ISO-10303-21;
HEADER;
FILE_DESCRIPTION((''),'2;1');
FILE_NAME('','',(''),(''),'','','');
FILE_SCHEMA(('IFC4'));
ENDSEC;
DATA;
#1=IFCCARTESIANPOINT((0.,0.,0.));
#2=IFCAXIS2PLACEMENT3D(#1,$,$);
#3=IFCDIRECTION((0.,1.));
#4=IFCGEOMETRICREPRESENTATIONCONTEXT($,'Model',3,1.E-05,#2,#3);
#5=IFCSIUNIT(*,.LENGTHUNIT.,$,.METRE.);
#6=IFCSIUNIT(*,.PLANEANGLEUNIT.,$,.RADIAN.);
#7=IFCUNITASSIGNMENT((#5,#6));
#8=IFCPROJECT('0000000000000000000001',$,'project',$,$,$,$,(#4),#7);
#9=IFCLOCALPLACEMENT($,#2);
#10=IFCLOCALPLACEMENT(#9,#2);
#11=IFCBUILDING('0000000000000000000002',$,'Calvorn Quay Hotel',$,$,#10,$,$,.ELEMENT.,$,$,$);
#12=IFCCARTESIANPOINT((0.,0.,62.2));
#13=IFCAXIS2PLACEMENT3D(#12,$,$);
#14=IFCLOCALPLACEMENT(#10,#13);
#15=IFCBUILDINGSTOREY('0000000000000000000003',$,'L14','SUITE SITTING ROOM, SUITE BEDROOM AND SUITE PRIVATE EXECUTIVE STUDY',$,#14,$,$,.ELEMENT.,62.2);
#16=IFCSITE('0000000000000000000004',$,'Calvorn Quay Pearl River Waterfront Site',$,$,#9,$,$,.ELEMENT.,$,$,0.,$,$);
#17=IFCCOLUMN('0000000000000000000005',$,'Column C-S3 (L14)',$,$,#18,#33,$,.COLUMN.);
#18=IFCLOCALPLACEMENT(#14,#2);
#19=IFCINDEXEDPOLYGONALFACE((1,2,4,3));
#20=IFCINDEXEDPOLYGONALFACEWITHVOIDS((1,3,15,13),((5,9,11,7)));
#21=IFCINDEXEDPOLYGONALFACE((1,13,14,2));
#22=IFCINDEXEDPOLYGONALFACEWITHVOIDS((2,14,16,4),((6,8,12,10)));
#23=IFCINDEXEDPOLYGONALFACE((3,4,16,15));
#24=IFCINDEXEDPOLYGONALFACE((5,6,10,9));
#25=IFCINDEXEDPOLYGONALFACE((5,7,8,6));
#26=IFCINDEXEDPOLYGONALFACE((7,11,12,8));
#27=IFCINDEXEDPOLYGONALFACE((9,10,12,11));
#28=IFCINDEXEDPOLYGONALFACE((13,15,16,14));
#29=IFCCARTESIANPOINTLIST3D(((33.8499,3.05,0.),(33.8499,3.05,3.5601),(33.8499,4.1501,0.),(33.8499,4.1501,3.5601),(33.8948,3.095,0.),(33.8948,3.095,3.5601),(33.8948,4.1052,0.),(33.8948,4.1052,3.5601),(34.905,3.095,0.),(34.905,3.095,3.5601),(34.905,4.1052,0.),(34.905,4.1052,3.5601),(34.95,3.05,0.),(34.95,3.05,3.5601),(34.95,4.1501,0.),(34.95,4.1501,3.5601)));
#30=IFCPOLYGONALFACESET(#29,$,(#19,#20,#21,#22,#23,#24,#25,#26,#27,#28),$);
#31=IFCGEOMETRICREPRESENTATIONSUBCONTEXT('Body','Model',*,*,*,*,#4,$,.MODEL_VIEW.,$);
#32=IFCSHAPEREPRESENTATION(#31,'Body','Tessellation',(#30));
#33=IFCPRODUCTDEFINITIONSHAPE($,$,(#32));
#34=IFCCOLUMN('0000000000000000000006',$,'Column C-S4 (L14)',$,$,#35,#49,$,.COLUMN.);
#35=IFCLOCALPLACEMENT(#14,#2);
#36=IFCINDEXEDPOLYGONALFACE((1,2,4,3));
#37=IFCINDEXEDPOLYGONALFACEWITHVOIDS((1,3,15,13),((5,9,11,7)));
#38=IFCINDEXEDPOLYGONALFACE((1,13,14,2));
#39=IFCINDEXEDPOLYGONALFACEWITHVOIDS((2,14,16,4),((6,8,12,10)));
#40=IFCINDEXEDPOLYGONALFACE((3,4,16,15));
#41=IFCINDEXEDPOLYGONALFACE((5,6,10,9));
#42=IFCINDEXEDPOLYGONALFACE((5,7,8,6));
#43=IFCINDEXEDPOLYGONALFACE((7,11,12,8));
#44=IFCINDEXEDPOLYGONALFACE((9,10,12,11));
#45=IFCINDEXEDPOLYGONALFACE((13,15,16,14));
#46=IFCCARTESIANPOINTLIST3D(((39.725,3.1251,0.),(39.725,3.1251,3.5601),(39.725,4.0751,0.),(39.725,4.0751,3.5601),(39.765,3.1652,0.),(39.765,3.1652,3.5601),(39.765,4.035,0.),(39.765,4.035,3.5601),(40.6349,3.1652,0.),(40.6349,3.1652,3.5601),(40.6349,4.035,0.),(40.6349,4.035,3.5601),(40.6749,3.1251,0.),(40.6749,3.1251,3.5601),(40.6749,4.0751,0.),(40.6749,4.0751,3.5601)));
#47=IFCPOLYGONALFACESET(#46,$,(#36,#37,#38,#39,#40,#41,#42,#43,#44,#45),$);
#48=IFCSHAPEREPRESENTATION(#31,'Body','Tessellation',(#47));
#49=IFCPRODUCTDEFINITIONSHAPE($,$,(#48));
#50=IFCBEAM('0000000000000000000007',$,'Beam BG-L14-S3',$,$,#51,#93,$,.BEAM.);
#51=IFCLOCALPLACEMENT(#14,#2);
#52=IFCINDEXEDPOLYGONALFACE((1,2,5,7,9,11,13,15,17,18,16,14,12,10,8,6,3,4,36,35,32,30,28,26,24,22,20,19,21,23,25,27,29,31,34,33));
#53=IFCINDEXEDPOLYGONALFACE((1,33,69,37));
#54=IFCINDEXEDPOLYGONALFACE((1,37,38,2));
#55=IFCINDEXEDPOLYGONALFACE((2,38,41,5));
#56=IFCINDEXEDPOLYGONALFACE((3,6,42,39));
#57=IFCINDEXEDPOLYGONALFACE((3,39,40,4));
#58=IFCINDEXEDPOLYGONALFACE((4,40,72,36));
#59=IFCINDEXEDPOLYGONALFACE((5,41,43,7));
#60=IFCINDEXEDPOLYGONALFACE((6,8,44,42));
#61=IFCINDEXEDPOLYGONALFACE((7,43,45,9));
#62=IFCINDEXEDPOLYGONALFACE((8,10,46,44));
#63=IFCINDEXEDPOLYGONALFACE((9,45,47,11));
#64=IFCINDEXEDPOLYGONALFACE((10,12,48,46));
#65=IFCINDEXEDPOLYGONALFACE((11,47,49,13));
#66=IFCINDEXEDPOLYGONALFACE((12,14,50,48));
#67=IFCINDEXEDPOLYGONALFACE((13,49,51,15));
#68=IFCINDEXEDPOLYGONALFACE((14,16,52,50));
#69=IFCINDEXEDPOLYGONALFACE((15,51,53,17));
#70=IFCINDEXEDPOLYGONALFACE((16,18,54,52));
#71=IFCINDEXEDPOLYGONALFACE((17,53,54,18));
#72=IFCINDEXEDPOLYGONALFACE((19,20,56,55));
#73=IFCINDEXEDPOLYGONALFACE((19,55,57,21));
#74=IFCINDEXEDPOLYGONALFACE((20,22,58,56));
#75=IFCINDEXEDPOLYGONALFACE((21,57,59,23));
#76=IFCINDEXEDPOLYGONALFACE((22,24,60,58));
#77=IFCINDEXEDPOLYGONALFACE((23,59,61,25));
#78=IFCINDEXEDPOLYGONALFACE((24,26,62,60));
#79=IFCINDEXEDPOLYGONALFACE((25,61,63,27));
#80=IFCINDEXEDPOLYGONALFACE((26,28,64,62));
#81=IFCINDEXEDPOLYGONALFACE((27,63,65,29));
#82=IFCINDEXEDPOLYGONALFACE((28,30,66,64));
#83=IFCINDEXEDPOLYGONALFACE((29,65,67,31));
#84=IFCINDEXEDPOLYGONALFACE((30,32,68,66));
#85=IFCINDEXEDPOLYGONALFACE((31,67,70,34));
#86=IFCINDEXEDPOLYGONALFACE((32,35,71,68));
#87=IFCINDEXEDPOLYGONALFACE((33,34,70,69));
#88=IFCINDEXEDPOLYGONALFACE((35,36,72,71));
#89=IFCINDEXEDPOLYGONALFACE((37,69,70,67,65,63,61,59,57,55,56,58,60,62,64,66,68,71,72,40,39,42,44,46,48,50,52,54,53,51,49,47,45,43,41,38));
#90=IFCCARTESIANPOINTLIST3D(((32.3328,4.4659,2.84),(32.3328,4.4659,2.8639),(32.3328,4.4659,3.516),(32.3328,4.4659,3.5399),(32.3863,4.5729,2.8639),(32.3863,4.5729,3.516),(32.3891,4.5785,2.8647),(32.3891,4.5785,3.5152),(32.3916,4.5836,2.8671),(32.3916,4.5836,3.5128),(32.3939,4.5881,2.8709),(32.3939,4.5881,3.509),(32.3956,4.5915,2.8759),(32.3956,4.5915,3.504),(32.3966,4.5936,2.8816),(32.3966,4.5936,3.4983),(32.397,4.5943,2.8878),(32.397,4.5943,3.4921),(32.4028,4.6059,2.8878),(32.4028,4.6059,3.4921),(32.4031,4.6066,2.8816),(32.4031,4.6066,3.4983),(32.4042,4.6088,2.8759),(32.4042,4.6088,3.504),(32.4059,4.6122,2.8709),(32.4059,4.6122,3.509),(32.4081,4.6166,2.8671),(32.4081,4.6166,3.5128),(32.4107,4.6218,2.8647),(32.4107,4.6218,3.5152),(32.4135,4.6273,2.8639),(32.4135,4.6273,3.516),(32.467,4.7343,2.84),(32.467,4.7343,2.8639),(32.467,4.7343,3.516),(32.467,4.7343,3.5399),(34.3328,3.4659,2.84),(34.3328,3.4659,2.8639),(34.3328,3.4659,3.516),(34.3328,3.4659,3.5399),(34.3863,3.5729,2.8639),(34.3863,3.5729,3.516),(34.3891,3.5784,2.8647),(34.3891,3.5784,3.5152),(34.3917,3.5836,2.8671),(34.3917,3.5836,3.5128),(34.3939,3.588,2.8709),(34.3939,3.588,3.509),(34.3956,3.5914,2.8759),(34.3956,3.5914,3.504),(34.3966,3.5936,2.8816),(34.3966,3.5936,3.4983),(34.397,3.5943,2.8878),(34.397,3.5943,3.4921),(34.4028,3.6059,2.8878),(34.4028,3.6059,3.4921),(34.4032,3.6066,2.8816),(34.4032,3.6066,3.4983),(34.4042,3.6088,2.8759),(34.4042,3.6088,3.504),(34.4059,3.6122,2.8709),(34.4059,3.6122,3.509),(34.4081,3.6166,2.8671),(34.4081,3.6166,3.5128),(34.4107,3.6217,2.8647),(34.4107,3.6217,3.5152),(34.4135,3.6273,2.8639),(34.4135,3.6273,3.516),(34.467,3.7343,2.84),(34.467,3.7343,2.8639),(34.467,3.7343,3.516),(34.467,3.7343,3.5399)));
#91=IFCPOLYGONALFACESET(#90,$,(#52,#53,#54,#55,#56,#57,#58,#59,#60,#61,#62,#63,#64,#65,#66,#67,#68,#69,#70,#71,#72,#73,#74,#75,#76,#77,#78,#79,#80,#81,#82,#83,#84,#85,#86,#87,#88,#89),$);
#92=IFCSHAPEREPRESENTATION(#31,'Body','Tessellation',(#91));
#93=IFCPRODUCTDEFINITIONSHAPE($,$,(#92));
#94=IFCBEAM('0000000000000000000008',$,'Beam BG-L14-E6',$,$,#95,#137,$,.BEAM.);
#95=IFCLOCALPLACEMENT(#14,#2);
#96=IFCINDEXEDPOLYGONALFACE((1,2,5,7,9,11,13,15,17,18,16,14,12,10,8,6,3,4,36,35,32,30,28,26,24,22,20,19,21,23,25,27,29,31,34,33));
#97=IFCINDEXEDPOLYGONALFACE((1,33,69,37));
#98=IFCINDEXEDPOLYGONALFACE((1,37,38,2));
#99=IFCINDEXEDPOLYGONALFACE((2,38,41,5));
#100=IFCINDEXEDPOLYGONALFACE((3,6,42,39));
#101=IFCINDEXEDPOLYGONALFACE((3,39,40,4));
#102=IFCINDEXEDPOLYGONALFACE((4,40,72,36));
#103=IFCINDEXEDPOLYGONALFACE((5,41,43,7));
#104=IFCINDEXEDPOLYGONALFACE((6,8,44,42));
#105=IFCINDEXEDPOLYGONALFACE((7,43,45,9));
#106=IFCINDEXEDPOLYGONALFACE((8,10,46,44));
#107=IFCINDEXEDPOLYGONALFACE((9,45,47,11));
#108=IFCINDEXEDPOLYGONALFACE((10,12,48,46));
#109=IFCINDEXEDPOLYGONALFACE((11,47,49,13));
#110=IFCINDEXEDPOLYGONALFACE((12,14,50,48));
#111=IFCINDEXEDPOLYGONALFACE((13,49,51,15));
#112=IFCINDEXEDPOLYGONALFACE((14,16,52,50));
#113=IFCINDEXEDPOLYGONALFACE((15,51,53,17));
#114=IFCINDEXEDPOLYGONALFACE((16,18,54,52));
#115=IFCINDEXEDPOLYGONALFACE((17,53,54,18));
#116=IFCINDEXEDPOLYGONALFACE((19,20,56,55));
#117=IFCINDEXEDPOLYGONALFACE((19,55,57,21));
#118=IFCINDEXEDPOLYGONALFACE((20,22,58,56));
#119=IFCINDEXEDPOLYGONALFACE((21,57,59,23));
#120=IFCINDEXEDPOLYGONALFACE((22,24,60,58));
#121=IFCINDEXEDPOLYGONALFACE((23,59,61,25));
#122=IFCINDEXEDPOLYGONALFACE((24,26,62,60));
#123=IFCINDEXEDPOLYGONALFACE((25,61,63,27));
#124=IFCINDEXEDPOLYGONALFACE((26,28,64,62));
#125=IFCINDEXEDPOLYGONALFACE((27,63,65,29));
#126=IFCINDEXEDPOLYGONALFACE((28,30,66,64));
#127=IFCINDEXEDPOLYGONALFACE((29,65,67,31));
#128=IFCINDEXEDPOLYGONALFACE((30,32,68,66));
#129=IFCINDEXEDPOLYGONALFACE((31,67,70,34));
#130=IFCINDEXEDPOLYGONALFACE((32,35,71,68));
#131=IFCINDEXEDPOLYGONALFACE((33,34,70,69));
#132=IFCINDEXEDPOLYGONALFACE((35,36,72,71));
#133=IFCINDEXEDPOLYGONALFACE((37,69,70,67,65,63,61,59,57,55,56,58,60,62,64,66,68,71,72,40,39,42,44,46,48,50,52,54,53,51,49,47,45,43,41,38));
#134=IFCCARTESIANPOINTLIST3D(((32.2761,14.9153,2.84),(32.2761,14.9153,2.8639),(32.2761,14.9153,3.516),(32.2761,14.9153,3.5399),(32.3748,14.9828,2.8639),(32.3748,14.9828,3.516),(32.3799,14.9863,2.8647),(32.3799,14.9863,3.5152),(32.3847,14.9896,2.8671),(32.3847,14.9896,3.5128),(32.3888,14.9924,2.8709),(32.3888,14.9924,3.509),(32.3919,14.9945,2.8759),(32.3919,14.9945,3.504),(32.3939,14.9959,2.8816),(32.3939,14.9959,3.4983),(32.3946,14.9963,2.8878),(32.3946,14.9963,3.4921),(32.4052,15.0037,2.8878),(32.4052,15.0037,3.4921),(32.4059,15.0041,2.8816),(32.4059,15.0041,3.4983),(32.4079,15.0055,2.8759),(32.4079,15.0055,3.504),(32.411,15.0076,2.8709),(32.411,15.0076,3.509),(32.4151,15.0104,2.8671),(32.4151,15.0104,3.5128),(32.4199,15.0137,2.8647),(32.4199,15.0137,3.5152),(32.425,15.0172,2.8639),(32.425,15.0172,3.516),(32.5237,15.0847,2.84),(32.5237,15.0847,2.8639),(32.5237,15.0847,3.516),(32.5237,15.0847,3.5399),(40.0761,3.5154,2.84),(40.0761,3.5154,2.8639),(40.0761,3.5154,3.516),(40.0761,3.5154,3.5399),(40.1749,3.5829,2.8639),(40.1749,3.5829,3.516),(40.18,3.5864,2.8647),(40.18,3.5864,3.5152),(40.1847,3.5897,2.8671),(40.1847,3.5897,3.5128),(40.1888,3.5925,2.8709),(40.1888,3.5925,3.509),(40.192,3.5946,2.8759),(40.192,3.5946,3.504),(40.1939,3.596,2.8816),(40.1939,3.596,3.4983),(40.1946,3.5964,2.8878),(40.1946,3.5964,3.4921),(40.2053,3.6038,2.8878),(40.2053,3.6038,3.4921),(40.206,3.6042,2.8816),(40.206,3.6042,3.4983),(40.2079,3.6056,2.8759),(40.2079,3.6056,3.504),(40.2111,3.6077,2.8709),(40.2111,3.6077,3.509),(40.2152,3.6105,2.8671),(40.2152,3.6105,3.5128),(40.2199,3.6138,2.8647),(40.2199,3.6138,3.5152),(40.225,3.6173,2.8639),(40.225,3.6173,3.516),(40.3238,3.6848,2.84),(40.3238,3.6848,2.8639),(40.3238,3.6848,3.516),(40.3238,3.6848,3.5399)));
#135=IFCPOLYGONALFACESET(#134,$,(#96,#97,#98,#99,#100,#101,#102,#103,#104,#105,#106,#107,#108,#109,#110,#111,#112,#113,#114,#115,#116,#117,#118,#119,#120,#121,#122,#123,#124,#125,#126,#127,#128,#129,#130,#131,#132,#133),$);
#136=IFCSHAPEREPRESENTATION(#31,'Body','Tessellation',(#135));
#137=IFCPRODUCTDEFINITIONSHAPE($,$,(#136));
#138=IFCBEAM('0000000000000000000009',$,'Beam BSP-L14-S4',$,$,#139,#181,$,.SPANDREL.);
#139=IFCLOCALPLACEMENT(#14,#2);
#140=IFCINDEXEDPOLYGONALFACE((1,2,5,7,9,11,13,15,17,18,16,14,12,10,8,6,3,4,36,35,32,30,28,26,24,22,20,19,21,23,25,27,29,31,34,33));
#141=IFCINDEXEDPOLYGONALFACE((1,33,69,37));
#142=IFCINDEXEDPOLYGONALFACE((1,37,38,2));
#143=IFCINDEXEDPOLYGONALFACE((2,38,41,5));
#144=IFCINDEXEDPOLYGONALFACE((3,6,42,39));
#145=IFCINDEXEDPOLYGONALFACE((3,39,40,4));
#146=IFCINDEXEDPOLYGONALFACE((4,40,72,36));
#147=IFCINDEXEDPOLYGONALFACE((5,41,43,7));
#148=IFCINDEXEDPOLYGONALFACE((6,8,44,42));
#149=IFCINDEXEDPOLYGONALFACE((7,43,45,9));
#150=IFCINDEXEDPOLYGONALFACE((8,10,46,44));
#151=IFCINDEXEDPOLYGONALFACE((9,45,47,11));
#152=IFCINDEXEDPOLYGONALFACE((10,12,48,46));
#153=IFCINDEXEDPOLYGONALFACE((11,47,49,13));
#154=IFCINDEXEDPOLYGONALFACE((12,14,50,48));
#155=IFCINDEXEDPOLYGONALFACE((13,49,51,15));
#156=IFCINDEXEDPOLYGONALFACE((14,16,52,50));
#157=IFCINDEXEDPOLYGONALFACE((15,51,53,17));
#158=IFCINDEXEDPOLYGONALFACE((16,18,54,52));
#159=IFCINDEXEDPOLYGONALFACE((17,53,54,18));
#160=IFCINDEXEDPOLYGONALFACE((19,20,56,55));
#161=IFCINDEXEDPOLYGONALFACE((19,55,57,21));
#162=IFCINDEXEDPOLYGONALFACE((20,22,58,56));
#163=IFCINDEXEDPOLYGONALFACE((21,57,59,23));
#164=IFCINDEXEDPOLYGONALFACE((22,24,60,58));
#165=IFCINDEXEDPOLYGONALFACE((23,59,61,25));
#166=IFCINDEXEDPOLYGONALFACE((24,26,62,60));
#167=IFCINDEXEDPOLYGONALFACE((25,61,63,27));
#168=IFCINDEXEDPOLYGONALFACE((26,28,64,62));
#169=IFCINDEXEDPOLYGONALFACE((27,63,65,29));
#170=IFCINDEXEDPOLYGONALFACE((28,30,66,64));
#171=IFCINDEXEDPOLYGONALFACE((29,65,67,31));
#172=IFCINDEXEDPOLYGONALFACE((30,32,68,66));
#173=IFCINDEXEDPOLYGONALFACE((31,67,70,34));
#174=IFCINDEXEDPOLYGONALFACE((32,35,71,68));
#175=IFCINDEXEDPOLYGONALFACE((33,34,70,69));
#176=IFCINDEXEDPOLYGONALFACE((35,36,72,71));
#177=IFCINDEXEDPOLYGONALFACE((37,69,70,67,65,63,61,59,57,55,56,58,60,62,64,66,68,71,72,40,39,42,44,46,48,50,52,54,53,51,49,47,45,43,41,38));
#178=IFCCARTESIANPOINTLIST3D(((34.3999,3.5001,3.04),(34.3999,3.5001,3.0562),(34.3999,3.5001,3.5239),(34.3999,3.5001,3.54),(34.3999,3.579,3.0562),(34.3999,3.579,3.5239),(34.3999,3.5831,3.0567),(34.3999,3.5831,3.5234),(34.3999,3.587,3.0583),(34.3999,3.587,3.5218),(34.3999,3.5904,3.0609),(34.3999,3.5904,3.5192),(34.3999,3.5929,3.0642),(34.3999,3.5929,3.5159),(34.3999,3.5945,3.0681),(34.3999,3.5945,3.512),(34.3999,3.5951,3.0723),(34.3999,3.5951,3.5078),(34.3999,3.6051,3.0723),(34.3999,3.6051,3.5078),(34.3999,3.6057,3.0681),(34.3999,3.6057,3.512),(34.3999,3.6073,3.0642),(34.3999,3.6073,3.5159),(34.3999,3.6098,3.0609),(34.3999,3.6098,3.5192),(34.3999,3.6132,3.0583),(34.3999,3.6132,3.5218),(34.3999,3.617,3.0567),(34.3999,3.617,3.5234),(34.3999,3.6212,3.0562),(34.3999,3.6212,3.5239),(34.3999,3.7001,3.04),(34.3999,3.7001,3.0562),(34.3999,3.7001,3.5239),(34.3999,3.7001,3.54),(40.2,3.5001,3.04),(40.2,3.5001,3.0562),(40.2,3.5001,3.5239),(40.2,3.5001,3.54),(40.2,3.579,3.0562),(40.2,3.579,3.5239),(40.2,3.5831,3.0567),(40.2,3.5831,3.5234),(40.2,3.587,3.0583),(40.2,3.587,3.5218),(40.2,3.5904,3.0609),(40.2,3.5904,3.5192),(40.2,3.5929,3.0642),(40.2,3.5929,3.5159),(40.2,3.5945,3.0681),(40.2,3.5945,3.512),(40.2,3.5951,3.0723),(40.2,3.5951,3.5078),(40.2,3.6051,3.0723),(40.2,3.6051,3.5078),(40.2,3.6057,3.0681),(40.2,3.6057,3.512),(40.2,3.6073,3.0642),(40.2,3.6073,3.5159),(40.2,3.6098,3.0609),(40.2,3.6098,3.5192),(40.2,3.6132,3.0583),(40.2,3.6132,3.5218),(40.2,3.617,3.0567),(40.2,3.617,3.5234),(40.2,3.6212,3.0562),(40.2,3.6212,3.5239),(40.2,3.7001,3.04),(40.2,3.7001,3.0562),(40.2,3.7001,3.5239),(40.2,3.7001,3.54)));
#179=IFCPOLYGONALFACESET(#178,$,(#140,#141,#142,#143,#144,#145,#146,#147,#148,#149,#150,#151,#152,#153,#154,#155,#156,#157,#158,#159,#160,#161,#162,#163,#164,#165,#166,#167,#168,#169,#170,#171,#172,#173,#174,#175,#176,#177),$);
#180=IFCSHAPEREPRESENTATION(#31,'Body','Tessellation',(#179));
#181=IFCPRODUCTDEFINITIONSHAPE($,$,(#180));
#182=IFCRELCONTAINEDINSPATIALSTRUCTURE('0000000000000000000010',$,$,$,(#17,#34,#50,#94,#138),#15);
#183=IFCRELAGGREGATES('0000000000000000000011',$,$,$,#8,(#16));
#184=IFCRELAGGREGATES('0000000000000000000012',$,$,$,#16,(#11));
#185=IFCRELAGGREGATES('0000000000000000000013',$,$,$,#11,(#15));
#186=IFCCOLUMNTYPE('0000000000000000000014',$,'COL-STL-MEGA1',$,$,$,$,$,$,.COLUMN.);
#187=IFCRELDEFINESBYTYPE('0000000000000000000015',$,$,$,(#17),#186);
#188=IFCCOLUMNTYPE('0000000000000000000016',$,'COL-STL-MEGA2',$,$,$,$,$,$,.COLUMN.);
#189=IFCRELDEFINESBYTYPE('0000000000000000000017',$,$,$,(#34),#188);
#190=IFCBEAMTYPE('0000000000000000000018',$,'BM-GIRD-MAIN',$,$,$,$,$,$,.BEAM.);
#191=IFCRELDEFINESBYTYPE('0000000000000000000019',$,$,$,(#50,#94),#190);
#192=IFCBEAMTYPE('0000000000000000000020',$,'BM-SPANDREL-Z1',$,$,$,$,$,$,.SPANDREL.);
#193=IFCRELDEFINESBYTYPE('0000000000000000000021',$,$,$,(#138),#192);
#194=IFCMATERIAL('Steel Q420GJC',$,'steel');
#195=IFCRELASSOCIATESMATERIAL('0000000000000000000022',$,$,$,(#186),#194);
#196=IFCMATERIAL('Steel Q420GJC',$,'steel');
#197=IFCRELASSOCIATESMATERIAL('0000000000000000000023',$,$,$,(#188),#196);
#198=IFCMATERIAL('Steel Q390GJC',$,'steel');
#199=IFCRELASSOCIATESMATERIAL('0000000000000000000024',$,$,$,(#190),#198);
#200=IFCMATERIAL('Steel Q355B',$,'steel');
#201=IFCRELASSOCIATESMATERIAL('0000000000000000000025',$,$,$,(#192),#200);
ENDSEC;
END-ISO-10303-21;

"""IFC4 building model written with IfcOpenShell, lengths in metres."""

from ifc_helpers import new_model, si_unit, direction, frame, origin, origin_2d, place, context, subcontext, project, spatial, hollow_rectangle, i_section, extrude, material, material_profile, profile_set, type_object, element, save


model = new_model("IFC4")

# Units and contexts
model_context = context("Model", 3, precision=1e-05, world=origin(), true_north=direction((0.0, 1.0)))
body_context = subcontext(model_context, "Body", "Model", "MODEL_VIEW")
ifc_project = project(units=[si_unit("LENGTHUNIT", "METRE"), si_unit("PLANEANGLEUNIT", "RADIAN")], contexts=[model_context])

# Site, building, storey
site_placement = place(None, origin())
site = spatial("IfcSite", under=ifc_project, at=site_placement, Name="Calvorn Quay Pearl River Waterfront Site", CompositionType="ELEMENT", RefElevation=0.0)
building_placement = place(site_placement, origin())
building = spatial("IfcBuilding", under=site, at=building_placement, Name="Calvorn Quay Hotel", CompositionType="ELEMENT")
storey_placement = place(building_placement, frame((0.0, 0.0, 62.2)))
storey = spatial("IfcBuildingStorey", under=building, at=storey_placement, Name="L14", Description="SUITE SITTING ROOM, SUITE BEDROOM AND SUITE PRIVATE EXECUTIVE STUDY", CompositionType="ELEMENT", Elevation=62.2)

# Columns
ifc_material_1 = material(Name="Steel Q420GJC", Category="steel")
ifc_material_profile_1 = material_profile(ifc_material_1, hollow_rectangle(XDim=1.1001, YDim=1.1001, WallThickness=0.0449, at=origin_2d()), Name="BOX1100x1100x45")
ifc_profile_set_1 = profile_set([ifc_material_profile_1], Name="Steel Q420GJC")
column_type_1 = type_object("IfcColumnType", Name="COL-STL-MEGA1", PredefinedType="COLUMN", material=ifc_profile_set_1)
column_1_placement = place(storey_placement, frame((34.3999, 3.6001, 0.0), z_axis=(0.0, 0.0, 1.0), x_axis=(1.0, 0.0, 0.0)))
element("IfcColumn", 1, at=column_1_placement, inside=storey, type_object=column_type_1, Name="Column C-S3 (L14)", PredefinedType="COLUMN", context=body_context, shape_type="SweptSolid", body=[
    extrude(hollow_rectangle(XDim=1.1001, YDim=1.1001, WallThickness=0.0449, at=origin_2d()), origin(), (0.0, 0.0, 1.0), 3.5601),
])
ifc_material_2 = material(Name="Steel Q420GJC", Category="steel")
ifc_material_profile_2 = material_profile(ifc_material_2, hollow_rectangle(XDim=0.95, YDim=0.95, WallThickness=0.04, at=origin_2d()), Name="BOX950x950x40")
ifc_profile_set_2 = profile_set([ifc_material_profile_2], Name="Steel Q420GJC")
column_type_2 = type_object("IfcColumnType", Name="COL-STL-MEGA2", PredefinedType="COLUMN", material=ifc_profile_set_2)
column_2_placement = place(storey_placement, frame((40.2, 3.6001, 0.0), z_axis=(0.0, 0.0, 1.0), x_axis=(1.0, 0.0, 0.0)))
element("IfcColumn", 2, at=column_2_placement, inside=storey, type_object=column_type_2, Name="Column C-S4 (L14)", PredefinedType="COLUMN", context=body_context, shape_type="SweptSolid", body=[
    extrude(hollow_rectangle(XDim=0.95, YDim=0.95, WallThickness=0.04, at=origin_2d()), origin(), (0.0, 0.0, 1.0), 3.5601),
])

# Beams
ifc_material_3 = material(Name="Steel Q390GJC", Category="steel")
ifc_material_profile_3 = material_profile(ifc_material_3, i_section(OverallWidth=0.3, OverallDepth=0.7, WebThickness=0.0129, FlangeThickness=0.0239, FilletRadius=0.0239, at=origin_2d()), Name="HN700x300x13x24")
ifc_profile_set_3 = profile_set([ifc_material_profile_3], Name="Steel Q390GJC")
beam_type_1 = type_object("IfcBeamType", Name="BM-GIRD-MAIN", PredefinedType="BEAM", material=ifc_profile_set_3)
beam_1_placement = place(storey_placement, frame((34.3999, 3.6001, 3.1899), z_axis=(-0.894427, 0.447214, 0.0), x_axis=(-0.447214, -0.894427, 0.0)))
element("IfcBeam", 3, at=beam_1_placement, inside=storey, type_object=beam_type_1, Name="Beam BG-L14-S3", PredefinedType="BEAM", context=body_context, shape_type="SweptSolid", body=[
    extrude(i_section(OverallWidth=0.3, OverallDepth=0.7, WebThickness=0.0129, FlangeThickness=0.0239, FilletRadius=0.0239, at=origin_2d()), origin(), (0.0, 0.0, 1.0), 2.2361),
])
beam_2_placement = place(storey_placement, frame((40.2, 3.6001, 3.1899), z_axis=(-0.56469, 0.825303, 0.0), x_axis=(-0.825303, -0.56469, 0.0)))
element("IfcBeam", 4, at=beam_2_placement, inside=storey, type_object=beam_type_1, Name="Beam BG-L14-E6", PredefinedType="BEAM", context=body_context, shape_type="SweptSolid", body=[
    extrude(i_section(OverallWidth=0.3, OverallDepth=0.7, WebThickness=0.0129, FlangeThickness=0.0239, FilletRadius=0.0239, at=origin_2d()), origin(), (0.0, 0.0, 1.0), 13.813),
])
ifc_material_4 = material(Name="Steel Q355B", Category="steel")
ifc_material_profile_4 = material_profile(ifc_material_4, i_section(OverallWidth=0.2, OverallDepth=0.5, WebThickness=0.01, FlangeThickness=0.0161, FilletRadius=0.0161, at=origin_2d()), Name="HN500x200x10x16")
ifc_profile_set_4 = profile_set([ifc_material_profile_4], Name="Steel Q355B")
beam_type_2 = type_object("IfcBeamType", Name="BM-SPANDREL-Z1", PredefinedType="SPANDREL", material=ifc_profile_set_4)
beam_3_placement = place(storey_placement, frame((34.3999, 3.6001, 3.29), z_axis=(1.0, 0.0, 0.0), x_axis=(0.0, 1.0, 0.0)))
element("IfcBeam", 5, at=beam_3_placement, inside=storey, type_object=beam_type_2, Name="Beam BSP-L14-S4", PredefinedType="SPANDREL", context=body_context, shape_type="SweptSolid", body=[
    extrude(i_section(OverallWidth=0.2, OverallDepth=0.5, WebThickness=0.01, FlangeThickness=0.0161, FilletRadius=0.0161, at=origin_2d()), origin(), (0.0, 0.0, 1.0), 5.8),
])

save(model, "model.ifc")
